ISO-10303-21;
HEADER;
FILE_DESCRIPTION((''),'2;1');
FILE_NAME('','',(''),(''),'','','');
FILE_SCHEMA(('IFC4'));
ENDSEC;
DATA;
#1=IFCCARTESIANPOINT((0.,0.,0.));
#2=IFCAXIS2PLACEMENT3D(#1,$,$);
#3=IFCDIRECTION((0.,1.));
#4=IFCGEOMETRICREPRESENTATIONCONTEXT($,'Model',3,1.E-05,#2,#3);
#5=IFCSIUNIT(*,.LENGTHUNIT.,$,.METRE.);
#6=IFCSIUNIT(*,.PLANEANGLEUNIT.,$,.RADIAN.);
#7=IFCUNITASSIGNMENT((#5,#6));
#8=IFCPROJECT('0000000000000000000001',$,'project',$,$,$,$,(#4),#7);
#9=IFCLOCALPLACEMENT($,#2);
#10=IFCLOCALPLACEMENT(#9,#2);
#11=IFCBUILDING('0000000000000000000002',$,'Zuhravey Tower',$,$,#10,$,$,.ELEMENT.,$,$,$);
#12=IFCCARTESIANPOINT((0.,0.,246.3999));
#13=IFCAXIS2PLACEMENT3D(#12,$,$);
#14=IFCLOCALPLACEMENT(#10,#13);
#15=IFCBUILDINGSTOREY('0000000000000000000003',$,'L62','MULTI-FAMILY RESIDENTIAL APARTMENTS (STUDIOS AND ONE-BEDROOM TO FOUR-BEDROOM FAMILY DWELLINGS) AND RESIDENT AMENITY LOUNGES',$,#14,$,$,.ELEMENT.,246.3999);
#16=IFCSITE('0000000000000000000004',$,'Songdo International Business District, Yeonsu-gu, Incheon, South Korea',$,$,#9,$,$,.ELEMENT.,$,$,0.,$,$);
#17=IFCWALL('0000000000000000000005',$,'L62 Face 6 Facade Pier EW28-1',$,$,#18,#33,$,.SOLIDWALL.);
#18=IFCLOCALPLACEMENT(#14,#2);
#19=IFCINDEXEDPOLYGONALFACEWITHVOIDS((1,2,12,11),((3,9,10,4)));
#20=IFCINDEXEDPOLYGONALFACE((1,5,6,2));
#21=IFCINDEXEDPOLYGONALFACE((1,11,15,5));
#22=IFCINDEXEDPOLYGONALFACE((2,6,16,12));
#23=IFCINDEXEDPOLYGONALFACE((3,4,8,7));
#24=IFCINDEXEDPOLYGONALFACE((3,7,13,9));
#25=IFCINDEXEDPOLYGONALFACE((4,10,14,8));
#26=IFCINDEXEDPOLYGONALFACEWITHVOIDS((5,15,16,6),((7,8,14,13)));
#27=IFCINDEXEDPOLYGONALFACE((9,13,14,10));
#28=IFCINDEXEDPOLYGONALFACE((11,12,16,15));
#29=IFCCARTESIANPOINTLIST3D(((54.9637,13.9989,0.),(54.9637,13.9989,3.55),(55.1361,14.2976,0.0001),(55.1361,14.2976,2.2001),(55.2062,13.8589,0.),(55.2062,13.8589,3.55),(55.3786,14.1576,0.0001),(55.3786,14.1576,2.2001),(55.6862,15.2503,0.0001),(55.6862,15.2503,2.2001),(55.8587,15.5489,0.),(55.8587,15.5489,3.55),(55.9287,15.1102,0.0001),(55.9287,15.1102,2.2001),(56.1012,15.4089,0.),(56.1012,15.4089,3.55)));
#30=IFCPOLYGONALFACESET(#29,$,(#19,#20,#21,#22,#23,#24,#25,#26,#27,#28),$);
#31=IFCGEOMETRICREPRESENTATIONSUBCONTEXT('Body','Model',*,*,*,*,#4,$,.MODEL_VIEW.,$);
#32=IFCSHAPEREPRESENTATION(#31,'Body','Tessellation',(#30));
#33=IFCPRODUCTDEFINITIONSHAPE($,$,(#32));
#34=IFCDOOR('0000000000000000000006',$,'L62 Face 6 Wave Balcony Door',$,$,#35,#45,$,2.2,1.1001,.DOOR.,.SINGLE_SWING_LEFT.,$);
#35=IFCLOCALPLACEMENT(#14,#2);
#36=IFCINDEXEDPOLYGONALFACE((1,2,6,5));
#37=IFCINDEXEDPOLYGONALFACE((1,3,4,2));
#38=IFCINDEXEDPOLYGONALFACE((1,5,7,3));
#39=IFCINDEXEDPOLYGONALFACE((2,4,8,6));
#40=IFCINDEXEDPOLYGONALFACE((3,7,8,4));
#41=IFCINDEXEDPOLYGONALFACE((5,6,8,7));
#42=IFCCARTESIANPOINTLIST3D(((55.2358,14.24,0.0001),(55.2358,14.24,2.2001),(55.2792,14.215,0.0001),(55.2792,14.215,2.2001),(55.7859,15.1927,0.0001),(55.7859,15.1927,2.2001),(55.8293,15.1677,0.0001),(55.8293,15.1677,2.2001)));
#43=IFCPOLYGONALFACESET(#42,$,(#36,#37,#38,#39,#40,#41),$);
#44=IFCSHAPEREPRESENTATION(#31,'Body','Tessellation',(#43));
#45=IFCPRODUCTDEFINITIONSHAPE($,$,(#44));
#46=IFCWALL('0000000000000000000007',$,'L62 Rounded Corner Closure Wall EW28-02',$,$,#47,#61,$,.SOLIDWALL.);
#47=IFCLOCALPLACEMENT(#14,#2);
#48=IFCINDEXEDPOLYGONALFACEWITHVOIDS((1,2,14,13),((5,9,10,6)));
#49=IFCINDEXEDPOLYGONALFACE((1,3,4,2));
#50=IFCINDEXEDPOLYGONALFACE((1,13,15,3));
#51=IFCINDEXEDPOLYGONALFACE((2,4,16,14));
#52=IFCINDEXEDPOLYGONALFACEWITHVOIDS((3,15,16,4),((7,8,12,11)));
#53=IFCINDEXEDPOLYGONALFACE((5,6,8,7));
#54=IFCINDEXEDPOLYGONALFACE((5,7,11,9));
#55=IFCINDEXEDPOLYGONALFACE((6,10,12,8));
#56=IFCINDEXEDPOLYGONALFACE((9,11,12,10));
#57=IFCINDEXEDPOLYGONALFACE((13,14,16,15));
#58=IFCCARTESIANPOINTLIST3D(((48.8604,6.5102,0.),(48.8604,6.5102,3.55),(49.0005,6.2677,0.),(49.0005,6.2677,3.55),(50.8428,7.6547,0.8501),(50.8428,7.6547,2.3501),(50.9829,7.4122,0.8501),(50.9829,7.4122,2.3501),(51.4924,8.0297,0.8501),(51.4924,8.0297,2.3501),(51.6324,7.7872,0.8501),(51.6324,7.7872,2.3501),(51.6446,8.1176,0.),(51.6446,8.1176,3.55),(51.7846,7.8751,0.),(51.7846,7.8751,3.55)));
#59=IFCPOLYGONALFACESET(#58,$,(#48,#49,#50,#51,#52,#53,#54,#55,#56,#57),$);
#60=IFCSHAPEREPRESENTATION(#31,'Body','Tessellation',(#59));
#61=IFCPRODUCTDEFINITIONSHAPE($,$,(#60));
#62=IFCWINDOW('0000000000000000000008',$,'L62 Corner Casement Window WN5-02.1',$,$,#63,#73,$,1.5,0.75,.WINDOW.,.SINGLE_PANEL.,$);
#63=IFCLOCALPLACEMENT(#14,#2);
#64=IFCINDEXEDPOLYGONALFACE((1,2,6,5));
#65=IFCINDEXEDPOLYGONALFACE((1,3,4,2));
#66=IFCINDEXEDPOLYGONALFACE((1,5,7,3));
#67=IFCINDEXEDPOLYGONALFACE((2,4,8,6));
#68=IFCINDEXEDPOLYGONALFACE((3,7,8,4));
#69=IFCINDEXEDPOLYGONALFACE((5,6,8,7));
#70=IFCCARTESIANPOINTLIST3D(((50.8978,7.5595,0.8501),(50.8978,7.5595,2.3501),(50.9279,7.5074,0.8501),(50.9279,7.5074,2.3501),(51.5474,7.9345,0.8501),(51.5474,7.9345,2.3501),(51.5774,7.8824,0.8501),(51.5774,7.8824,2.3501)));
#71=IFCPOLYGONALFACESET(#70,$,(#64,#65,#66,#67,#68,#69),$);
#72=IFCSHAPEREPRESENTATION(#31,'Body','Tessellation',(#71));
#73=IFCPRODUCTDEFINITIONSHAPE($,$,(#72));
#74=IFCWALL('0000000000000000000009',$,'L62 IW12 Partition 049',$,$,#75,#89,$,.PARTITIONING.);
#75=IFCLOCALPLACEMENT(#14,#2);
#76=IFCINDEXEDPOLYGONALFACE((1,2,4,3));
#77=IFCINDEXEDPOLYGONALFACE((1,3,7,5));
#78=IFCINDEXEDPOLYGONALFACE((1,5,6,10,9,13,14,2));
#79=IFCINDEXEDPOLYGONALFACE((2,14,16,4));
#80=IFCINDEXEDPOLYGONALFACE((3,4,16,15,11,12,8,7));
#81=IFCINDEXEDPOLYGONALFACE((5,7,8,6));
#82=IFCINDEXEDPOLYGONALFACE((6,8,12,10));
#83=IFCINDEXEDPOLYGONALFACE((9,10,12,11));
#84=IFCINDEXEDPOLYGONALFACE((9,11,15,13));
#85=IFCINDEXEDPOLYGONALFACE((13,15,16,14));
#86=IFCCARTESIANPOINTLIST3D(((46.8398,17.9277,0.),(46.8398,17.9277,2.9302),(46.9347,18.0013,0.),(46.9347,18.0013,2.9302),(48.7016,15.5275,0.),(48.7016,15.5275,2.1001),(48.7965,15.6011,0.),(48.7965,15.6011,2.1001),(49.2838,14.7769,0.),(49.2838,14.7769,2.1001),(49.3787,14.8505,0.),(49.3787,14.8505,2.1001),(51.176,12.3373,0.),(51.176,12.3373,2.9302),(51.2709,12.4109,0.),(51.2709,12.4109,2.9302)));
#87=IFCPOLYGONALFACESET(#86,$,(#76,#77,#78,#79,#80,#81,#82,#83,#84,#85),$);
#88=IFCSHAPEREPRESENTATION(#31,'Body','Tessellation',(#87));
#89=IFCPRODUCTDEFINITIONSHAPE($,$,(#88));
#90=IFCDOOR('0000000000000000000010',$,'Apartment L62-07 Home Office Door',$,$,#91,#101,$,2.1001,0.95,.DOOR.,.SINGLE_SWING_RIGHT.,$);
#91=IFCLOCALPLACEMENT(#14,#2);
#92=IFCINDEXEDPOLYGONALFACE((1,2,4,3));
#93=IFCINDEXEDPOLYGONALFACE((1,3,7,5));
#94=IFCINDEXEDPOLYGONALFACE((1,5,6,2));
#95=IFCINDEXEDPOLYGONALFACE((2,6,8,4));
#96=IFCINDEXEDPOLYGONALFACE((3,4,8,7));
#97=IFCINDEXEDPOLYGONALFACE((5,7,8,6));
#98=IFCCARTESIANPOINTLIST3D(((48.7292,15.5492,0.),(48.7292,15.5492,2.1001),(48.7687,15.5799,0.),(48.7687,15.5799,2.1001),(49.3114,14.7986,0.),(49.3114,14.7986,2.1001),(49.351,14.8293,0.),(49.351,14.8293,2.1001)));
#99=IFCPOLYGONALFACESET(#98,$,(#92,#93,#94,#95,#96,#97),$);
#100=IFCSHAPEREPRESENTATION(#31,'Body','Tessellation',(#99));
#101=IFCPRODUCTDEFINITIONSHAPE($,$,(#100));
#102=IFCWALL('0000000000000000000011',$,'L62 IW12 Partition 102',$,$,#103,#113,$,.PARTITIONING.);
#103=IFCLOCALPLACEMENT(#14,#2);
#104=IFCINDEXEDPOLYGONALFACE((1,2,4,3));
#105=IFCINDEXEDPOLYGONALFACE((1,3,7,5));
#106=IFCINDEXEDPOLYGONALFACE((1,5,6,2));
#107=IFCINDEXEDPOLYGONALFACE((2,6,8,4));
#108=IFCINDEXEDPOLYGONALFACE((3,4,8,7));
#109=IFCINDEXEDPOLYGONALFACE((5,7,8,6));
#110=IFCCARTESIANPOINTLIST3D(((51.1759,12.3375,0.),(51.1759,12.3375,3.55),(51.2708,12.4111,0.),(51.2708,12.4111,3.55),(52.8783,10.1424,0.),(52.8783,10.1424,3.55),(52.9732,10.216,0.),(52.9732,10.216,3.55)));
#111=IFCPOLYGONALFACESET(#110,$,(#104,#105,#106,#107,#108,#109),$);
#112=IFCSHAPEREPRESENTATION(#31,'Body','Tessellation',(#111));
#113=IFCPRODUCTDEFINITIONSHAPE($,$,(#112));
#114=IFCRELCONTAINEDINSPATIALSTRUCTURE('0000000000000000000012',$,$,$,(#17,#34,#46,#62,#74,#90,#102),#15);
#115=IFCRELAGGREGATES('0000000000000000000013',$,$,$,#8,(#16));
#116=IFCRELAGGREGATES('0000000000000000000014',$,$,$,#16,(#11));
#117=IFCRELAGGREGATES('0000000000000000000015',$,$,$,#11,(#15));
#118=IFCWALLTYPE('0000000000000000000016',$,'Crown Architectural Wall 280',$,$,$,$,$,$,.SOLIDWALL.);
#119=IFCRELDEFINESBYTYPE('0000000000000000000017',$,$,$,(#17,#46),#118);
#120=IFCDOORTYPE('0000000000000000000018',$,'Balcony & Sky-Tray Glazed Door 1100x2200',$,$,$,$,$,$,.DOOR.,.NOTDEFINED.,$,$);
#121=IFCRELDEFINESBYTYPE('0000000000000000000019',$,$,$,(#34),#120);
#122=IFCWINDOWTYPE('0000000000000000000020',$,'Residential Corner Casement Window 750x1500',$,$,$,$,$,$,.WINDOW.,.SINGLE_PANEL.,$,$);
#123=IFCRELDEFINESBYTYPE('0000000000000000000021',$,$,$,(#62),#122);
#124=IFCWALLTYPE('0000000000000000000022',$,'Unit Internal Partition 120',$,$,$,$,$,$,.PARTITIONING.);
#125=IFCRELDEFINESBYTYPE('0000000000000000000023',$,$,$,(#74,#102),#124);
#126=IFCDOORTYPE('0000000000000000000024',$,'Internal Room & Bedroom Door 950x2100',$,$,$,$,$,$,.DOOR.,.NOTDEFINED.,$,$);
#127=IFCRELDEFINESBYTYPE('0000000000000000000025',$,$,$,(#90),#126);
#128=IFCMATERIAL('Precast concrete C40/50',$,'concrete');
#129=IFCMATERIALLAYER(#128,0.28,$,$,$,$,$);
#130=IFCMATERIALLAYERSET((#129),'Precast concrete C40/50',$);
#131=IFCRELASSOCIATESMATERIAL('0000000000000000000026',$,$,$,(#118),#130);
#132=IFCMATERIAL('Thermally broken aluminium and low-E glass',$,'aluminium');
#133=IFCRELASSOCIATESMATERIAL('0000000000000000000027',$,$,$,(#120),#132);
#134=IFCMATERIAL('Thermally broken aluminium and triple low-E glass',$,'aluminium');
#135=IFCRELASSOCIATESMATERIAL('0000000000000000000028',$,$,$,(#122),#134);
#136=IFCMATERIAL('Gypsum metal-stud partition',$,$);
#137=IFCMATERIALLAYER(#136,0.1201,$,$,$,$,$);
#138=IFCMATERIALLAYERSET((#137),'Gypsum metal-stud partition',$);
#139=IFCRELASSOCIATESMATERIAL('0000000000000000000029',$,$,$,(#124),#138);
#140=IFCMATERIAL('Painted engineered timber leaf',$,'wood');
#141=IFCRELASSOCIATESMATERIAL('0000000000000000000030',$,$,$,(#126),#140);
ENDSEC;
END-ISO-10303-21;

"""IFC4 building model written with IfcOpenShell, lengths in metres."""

from ifc_helpers import new_model, si_unit, direction, frame, frame_2d, origin, place, context, subcontext, project, spatial, rectangle, extrude, material, layer, layer_set, type_object, element, fill, save


model = new_model("IFC4")

# Units and contexts
model_context = context("Model", 3, precision=1e-05, world=origin(), true_north=direction((0.0, 1.0)))
body_context = subcontext(model_context, "Body", "Model", "MODEL_VIEW")
ifc_project = project(units=[si_unit("LENGTHUNIT", "METRE"), si_unit("PLANEANGLEUNIT", "RADIAN")], contexts=[model_context])

# Site, building, storey
site_placement = place(None, origin())
site = spatial("IfcSite", under=ifc_project, at=site_placement, Name="Songdo International Business District, Yeonsu-gu, Incheon, South Korea", CompositionType="ELEMENT", RefElevation=0.0)
building_placement = place(site_placement, origin())
building = spatial("IfcBuilding", under=site, at=building_placement, Name="Zuhravey Tower", CompositionType="ELEMENT")
storey_placement = place(building_placement, frame((0.0, 0.0, 246.3999)))
storey = spatial("IfcBuildingStorey", under=building, at=storey_placement, Name="L62", Description="MULTI-FAMILY RESIDENTIAL APARTMENTS (STUDIOS AND ONE-BEDROOM TO FOUR-BEDROOM FAMILY DWELLINGS) AND RESIDENT AMENITY LOUNGES", CompositionType="ELEMENT", Elevation=246.3999)

# Wall, opening, door
ifc_material_1 = material(Name="Precast concrete C40/50", Category="concrete")
ifc_layer_1 = layer(ifc_material_1, 0.28)
ifc_layer_set_1 = layer_set([ifc_layer_1], Name="Precast concrete C40/50")
wall_type_1 = type_object("IfcWallType", Name="Crown Architectural Wall 280", PredefinedType="SOLIDWALL", material=ifc_layer_set_1)
wall_1_placement = place(storey_placement, frame((55.98, 15.479, 0.0), z_axis=(0.0, 0.0, 1.0), x_axis=(-0.500041, -0.866002, 0.0)))
wall_1 = element("IfcWall", 1, at=wall_1_placement, inside=storey, type_object=wall_type_1, Name="L62 Face 6 Facade Pier EW28-1", PredefinedType="SOLIDWALL", context=body_context, shape_type="SweptSolid", body=[
    extrude(rectangle(XDim=1.7898, YDim=0.28, at=frame_2d((0.895, 0.0))), origin(), (0.0, 0.0, 1.0), 3.55),
])
opening_1_placement = place(wall_1_placement, frame((0.345, 0.0, 0.0)))
opening_1 = element("IfcOpeningElement", 2, at=opening_1_placement, cuts=wall_1, PredefinedType="OPENING", context=body_context, shape_type="SweptSolid", body=[
    extrude(rectangle(XDim=1.1001, YDim=2.2, at=frame_2d((0.55, 1.1001))), frame((0.0, 0.1521, 0.0), z_axis=(0.0, -1.0, 0.0), x_axis=(1.0, 0.0, 0.0)), (0.0, 0.0, 1.0), 0.304),
])
ifc_material_2 = material(Name="Thermally broken aluminium and low-E glass", Category="aluminium")
door_type_1 = type_object("IfcDoorType", Name="Balcony & Sky-Tray Glazed Door 1100x2200", OperationType="NOTDEFINED", PredefinedType="DOOR", material=ifc_material_2)
door_1_placement = place(opening_1_placement, frame((1.1001, 0.0, 0.0), z_axis=(0.0, 0.0, 1.0), x_axis=(-1.0, 0.0, 0.0)))
door_1 = element("IfcDoor", 3, at=door_1_placement, inside=storey, type_object=door_type_1, Name="L62 Face 6 Wave Balcony Door", OperationType="SINGLE_SWING_LEFT", OverallHeight=2.2, OverallWidth=1.1001, PredefinedType="DOOR", context=body_context, shape_type="SweptSolid", body=[
    extrude(rectangle(XDim=1.1001, YDim=2.2, at=frame_2d((0.55, 1.1001))), frame((0.0, 0.0249, 0.0), z_axis=(0.0, -1.0, 0.0), x_axis=(1.0, 0.0, 0.0)), (0.0, 0.0, 1.0), 0.05),
])
fill(opening_1, door_1)

# Wall, opening, window
wall_2_placement = place(storey_placement, frame((51.7146, 7.9963, 0.0), z_axis=(0.0, 0.0, 1.0), x_axis=(-0.866029, -0.499994, 0.0)))
wall_2 = element("IfcWall", 4, at=wall_2_placement, inside=storey, type_object=wall_type_1, Name="L62 Rounded Corner Closure Wall EW28-02", PredefinedType="SOLIDWALL", context=body_context, shape_type="SweptSolid", body=[
    extrude(rectangle(XDim=3.2148, YDim=0.28, at=frame_2d((1.6074, 0.0))), origin(), (0.0, 0.0, 1.0), 3.55),
])
opening_2_placement = place(wall_2_placement, frame((0.1758, 0.0, 0.8501)))
opening_2 = element("IfcOpeningElement", 5, at=opening_2_placement, cuts=wall_2, PredefinedType="OPENING", context=body_context, shape_type="SweptSolid", body=[
    extrude(rectangle(XDim=0.75, YDim=1.5, at=frame_2d((0.375, 0.75))), frame((0.0, 0.1521, 0.0), z_axis=(0.0, -1.0, 0.0), x_axis=(1.0, 0.0, 0.0)), (0.0, 0.0, 1.0), 0.304),
])
ifc_material_3 = material(Name="Thermally broken aluminium and triple low-E glass", Category="aluminium")
window_type = type_object("IfcWindowType", Name="Residential Corner Casement Window 750x1500", PartitioningType="SINGLE_PANEL", PredefinedType="WINDOW", material=ifc_material_3)
window_placement = place(opening_2_placement, origin())
window = element("IfcWindow", 6, at=window_placement, inside=storey, type_object=window_type, Name="L62 Corner Casement Window WN5-02.1", OverallHeight=1.5, OverallWidth=0.75, PartitioningType="SINGLE_PANEL", PredefinedType="WINDOW", context=body_context, shape_type="SweptSolid", body=[
    extrude(rectangle(XDim=0.75, YDim=1.5, at=frame_2d((0.375, 0.75))), frame((0.0, 0.03, 0.0), z_axis=(0.0, -1.0, 0.0), x_axis=(1.0, 0.0, 0.0)), (0.0, 0.0, 1.0), 0.0601),
])
fill(opening_2, window)

# Wall, opening, door
ifc_material_4 = material(Name="Gypsum metal-stud partition")
ifc_layer_2 = layer(ifc_material_4, 0.1201)
ifc_layer_set_2 = layer_set([ifc_layer_2], Name="Gypsum metal-stud partition")
wall_type_2 = type_object("IfcWallType", Name="Unit Internal Partition 120", PredefinedType="PARTITIONING", material=ifc_layer_set_2)
wall_3_placement = place(storey_placement, frame((46.8872, 17.9646, 0.0), z_axis=(0.0, 0.0, 1.0), x_axis=(0.612896, -0.790164, 0.0)))
wall_3 = element("IfcWall", 7, at=wall_3_placement, inside=storey, type_object=wall_type_2, Name="L62 IW12 Partition 049", PredefinedType="PARTITIONING", context=body_context, shape_type="SweptSolid", body=[
    extrude(rectangle(XDim=7.075, YDim=0.1201, at=frame_2d((3.5376, 0.0))), origin(), (0.0, 0.0, 1.0), 2.9302),
])
opening_3_placement = place(wall_3_placement, frame((3.0376, 0.0, 0.0)))
opening_3 = element("IfcOpeningElement", 8, at=opening_3_placement, cuts=wall_3, PredefinedType="OPENING", context=body_context, shape_type="SweptSolid", body=[
    extrude(rectangle(XDim=0.95, YDim=2.1001, at=frame_2d((0.4751, 1.05))), frame((0.0, 0.072, 0.0), z_axis=(0.0, -1.0, 0.0), x_axis=(1.0, 0.0, 0.0)), (0.0, 0.0, 1.0), 0.144),
])
ifc_material_5 = material(Name="Painted engineered timber leaf", Category="wood")
door_type_2 = type_object("IfcDoorType", Name="Internal Room & Bedroom Door 950x2100", OperationType="NOTDEFINED", PredefinedType="DOOR", material=ifc_material_5)
door_2_placement = place(opening_3_placement, frame((0.95, 0.0, 0.0), z_axis=(0.0, 0.0, 1.0), x_axis=(-1.0, 0.0, 0.0)))
door_2 = element("IfcDoor", 9, at=door_2_placement, inside=storey, type_object=door_type_2, Name="Apartment L62-07 Home Office Door", OperationType="SINGLE_SWING_RIGHT", OverallHeight=2.1001, OverallWidth=0.95, PredefinedType="DOOR", context=body_context, shape_type="SweptSolid", body=[
    extrude(rectangle(XDim=0.95, YDim=2.1001, at=frame_2d((0.4751, 1.05))), frame((0.0, 0.0249, 0.0), z_axis=(0.0, -1.0, 0.0), x_axis=(1.0, 0.0, 0.0)), (0.0, 0.0, 1.0), 0.05),
])
fill(opening_3, door_2)

# Wall
wall_4_placement = place(storey_placement, frame((51.2234, 12.3743, 0.0), z_axis=(0.0, 0.0, 1.0), x_axis=(0.612845, -0.790203, 0.0)))
element("IfcWall", 10, at=wall_4_placement, inside=storey, type_object=wall_type_2, Name="L62 IW12 Partition 102", PredefinedType="PARTITIONING", context=body_context, shape_type="SweptSolid", body=[
    extrude(rectangle(XDim=2.7778, YDim=0.1201, at=frame_2d((1.3889, 0.0))), origin(), (0.0, 0.0, 1.0), 3.55),
])

save(model, "model.ifc")
